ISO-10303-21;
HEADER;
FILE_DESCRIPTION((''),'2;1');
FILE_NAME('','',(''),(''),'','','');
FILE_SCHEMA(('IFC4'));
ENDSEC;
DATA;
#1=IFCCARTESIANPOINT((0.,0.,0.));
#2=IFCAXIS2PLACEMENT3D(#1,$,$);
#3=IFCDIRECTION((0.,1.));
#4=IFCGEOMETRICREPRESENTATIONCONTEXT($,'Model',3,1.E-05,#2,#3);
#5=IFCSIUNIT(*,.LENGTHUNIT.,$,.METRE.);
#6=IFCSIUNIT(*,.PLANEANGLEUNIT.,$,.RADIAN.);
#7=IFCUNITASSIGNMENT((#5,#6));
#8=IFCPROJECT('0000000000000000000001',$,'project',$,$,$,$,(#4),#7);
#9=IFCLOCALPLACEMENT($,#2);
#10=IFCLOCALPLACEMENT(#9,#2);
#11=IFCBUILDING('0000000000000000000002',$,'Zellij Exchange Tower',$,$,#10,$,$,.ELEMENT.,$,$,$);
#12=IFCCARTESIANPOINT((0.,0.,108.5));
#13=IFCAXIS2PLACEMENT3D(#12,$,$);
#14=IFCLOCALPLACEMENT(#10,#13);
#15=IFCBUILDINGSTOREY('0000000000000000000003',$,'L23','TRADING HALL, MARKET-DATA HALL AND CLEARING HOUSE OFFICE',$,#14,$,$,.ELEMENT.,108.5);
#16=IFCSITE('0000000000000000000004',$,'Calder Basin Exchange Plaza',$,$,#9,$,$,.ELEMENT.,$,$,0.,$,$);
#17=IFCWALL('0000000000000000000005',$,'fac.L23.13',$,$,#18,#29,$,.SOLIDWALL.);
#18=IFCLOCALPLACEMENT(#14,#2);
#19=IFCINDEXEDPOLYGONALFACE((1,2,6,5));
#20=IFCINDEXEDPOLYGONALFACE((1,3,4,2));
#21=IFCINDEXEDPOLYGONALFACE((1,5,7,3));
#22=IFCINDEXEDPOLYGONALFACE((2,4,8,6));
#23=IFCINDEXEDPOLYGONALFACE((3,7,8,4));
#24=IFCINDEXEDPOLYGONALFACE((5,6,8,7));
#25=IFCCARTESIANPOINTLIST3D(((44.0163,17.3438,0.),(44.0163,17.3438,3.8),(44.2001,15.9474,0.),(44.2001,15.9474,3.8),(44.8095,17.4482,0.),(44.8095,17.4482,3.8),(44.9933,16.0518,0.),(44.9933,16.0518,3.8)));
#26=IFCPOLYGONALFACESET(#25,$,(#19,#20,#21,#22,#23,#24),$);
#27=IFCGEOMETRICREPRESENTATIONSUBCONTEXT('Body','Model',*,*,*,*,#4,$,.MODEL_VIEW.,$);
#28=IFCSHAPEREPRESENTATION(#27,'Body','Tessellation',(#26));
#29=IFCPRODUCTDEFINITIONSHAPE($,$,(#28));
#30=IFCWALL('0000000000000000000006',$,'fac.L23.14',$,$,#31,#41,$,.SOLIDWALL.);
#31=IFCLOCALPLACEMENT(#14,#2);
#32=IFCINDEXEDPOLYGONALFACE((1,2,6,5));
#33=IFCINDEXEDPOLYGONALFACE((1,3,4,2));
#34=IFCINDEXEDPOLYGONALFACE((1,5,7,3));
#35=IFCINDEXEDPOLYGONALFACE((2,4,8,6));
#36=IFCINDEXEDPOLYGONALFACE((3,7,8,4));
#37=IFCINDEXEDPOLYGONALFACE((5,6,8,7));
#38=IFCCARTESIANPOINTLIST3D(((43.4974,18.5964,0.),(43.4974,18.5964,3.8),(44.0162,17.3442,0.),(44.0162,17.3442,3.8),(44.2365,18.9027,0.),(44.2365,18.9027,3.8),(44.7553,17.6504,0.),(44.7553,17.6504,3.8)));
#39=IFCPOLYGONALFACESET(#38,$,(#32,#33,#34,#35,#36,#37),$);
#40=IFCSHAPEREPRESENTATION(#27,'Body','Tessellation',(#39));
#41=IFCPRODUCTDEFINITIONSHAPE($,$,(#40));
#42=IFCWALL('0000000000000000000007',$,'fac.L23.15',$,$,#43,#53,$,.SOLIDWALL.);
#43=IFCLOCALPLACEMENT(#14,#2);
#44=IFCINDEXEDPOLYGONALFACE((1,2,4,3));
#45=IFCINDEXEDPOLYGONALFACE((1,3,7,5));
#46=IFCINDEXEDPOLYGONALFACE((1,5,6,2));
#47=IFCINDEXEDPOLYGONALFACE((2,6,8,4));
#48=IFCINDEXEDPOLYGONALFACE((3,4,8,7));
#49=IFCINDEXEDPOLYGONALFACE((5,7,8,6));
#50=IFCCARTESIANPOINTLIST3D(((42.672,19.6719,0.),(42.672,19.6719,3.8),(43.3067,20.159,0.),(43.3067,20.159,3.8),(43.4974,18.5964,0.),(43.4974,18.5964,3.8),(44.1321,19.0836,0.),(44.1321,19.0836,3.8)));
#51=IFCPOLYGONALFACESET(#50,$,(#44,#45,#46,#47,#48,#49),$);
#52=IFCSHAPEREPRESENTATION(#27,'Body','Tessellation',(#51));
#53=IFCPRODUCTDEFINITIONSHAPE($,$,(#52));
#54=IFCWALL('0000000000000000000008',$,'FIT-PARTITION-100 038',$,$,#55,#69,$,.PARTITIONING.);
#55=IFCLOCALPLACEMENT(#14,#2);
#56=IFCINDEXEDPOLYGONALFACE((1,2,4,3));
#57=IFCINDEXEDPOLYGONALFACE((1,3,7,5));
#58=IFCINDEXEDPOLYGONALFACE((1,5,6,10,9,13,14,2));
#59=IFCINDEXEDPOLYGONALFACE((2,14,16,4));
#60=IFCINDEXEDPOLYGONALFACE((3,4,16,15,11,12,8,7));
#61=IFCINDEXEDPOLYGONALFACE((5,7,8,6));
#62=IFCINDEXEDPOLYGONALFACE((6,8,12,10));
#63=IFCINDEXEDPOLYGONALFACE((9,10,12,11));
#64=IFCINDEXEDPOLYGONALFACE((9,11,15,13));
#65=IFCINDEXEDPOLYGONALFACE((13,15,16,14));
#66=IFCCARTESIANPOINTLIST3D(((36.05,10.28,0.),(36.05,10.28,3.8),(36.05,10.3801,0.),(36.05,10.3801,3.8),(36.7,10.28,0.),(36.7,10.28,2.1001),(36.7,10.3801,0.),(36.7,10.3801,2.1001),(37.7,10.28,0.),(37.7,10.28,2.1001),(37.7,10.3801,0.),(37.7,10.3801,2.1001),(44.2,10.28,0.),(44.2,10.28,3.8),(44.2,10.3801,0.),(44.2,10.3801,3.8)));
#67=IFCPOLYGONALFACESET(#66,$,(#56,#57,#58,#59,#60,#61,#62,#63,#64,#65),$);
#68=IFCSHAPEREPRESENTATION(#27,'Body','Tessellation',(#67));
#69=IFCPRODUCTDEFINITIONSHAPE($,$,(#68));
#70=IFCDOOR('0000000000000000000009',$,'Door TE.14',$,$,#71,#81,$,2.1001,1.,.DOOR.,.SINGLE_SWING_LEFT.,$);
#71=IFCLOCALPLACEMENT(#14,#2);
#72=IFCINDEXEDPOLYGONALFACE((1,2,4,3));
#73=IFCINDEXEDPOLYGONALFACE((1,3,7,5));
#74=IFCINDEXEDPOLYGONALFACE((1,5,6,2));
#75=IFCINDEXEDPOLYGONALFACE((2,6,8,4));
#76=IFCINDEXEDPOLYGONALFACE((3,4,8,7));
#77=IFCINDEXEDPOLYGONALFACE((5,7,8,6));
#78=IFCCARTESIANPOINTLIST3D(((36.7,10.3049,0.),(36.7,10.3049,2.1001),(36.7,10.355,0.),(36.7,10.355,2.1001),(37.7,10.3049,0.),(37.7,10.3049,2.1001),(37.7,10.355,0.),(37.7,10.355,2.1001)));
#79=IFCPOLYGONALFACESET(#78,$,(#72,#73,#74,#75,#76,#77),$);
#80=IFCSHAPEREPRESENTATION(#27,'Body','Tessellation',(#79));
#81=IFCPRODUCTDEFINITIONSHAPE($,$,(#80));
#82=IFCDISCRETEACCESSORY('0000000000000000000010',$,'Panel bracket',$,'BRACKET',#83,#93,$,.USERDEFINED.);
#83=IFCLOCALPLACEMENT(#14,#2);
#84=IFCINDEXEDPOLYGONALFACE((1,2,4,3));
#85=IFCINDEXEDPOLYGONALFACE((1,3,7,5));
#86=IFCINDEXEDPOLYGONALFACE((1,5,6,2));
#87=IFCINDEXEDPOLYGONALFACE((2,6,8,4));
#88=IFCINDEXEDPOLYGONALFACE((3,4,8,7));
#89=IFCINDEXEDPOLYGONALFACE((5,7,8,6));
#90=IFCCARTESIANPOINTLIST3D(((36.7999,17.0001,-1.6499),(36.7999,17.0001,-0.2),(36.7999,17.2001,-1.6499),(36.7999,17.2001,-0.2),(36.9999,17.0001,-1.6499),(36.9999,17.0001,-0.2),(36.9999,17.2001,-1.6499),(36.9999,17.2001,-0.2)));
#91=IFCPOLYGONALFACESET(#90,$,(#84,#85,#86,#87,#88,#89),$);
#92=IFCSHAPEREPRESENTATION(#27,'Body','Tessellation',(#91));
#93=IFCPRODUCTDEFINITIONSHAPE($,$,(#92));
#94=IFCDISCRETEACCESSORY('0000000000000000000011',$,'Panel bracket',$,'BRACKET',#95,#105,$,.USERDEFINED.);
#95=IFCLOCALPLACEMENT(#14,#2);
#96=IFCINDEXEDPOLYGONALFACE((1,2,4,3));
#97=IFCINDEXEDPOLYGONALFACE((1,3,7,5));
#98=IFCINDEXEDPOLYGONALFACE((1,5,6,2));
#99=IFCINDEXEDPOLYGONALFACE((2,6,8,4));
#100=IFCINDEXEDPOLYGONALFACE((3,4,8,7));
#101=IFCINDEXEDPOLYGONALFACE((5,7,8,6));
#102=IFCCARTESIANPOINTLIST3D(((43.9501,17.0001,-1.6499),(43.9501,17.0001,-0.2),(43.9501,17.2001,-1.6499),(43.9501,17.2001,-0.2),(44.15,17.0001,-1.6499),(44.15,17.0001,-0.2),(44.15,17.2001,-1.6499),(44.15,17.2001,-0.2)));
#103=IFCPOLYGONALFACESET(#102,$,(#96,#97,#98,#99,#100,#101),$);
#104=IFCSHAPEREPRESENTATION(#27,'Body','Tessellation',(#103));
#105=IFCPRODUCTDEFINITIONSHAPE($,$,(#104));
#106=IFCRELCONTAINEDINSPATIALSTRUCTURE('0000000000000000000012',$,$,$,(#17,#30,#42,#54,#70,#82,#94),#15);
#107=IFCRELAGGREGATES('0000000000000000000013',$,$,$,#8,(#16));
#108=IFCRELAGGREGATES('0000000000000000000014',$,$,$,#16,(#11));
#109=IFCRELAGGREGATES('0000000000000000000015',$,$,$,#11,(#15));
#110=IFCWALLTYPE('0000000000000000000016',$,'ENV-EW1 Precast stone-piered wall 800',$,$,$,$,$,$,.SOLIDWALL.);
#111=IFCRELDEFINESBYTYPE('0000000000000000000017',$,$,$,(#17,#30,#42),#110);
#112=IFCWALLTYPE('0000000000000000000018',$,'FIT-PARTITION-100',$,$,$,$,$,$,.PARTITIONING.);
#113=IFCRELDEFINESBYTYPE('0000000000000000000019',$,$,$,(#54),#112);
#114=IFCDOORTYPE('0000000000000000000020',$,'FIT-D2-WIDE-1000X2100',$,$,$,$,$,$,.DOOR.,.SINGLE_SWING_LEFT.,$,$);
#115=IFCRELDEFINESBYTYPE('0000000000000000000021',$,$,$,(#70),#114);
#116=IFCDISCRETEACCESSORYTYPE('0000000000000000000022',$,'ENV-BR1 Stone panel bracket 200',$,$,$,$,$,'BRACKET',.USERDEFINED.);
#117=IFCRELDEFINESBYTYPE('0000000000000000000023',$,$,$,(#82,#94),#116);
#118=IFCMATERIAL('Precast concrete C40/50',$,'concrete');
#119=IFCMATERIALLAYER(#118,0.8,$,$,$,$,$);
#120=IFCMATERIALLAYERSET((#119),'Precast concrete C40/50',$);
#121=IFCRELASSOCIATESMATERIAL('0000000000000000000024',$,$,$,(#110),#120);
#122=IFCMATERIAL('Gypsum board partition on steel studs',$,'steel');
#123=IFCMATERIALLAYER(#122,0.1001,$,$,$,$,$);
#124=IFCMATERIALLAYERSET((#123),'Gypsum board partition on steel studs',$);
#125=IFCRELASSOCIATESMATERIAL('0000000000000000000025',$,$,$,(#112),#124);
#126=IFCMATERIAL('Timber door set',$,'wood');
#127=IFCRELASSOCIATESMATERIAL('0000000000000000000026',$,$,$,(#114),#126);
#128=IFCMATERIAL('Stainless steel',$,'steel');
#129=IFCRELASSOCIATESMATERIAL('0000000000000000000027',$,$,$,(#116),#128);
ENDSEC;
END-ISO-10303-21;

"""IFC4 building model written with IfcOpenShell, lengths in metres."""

from ifc_helpers import new_model, si_unit, direction, frame, frame_2d, origin, origin_2d, place, context, subcontext, project, spatial, rectangle, extrude, material, layer, layer_set, type_object, element, fill, save


model = new_model("IFC4")

# Units and contexts
model_context = context("Model", 3, precision=1e-05, world=origin(), true_north=direction((0.0, 1.0)))
body_context = subcontext(model_context, "Body", "Model", "MODEL_VIEW")
ifc_project = project(units=[si_unit("LENGTHUNIT", "METRE"), si_unit("PLANEANGLEUNIT", "RADIAN")], contexts=[model_context])

# Site, building, storey
site_placement = place(None, origin())
site = spatial("IfcSite", under=ifc_project, at=site_placement, Name="Calder Basin Exchange Plaza", CompositionType="ELEMENT", RefElevation=0.0)
building_placement = place(site_placement, origin())
building = spatial("IfcBuilding", under=site, at=building_placement, Name="Zellij Exchange Tower", CompositionType="ELEMENT")
storey_placement = place(building_placement, frame((0.0, 0.0, 108.5)))
storey = spatial("IfcBuildingStorey", under=building, at=storey_placement, Name="L23", Description="TRADING HALL, MARKET-DATA HALL AND CLEARING HOUSE OFFICE", CompositionType="ELEMENT", Elevation=108.5)

# Walls
ifc_material_1 = material(Name="Precast concrete C40/50", Category="concrete")
ifc_layer_1 = layer(ifc_material_1, 0.8)
ifc_layer_set_1 = layer_set([ifc_layer_1], Name="Precast concrete C40/50")
wall_type_1 = type_object("IfcWallType", Name="ENV-EW1 Precast stone-piered wall 800", PredefinedType="SOLIDWALL", material=ifc_layer_set_1)
wall_1_placement = place(storey_placement, frame((44.5967, 15.9998, 0.0), z_axis=(0.0, 0.0, 1.0), x_axis=(-0.130517, 0.991446, 0.0)))
element("IfcWall", 1, at=wall_1_placement, inside=storey, type_object=wall_type_1, Name="fac.L23.13", PredefinedType="SOLIDWALL", context=body_context, shape_type="SweptSolid", body=[
    extrude(rectangle(XDim=1.4084, YDim=0.8, at=frame_2d((0.7041, 0.0))), origin(), (0.0, 0.0, 1.0), 3.8),
])
wall_2_placement = place(storey_placement, frame((44.3857, 17.4973, 0.0), z_axis=(0.0, 0.0, 1.0), x_axis=(-0.38276, 0.923848, 0.0)))
element("IfcWall", 2, at=wall_2_placement, inside=storey, type_object=wall_type_1, Name="fac.L23.14", PredefinedType="SOLIDWALL", context=body_context, shape_type="SweptSolid", body=[
    extrude(rectangle(XDim=1.3555, YDim=0.8, at=frame_2d((0.6777, 0.0))), origin(), (0.0, 0.0, 1.0), 3.8),
])
wall_3_placement = place(storey_placement, frame((43.8147, 18.8401, 0.0), z_axis=(0.0, 0.0, 1.0), x_axis=(-0.608866, 0.793273, 0.0)))
element("IfcWall", 3, at=wall_3_placement, inside=storey, type_object=wall_type_1, Name="fac.L23.15", PredefinedType="SOLIDWALL", context=body_context, shape_type="SweptSolid", body=[
    extrude(rectangle(XDim=1.3557, YDim=0.8, at=frame_2d((0.6777, 0.0))), origin(), (0.0, 0.0, 1.0), 3.8),
])

# Wall, opening, door
ifc_material_2 = material(Name="Gypsum board partition on steel studs", Category="steel")
ifc_layer_2 = layer(ifc_material_2, 0.1001)
ifc_layer_set_2 = layer_set([ifc_layer_2], Name="Gypsum board partition on steel studs")
wall_type_2 = type_object("IfcWallType", Name="FIT-PARTITION-100", PredefinedType="PARTITIONING", material=ifc_layer_set_2)
wall_4_placement = place(storey_placement, frame((36.05, 10.3301, 0.0), z_axis=(0.0, 0.0, 1.0), x_axis=(1.0, 0.0, 0.0)))
wall_4 = element("IfcWall", 4, at=wall_4_placement, inside=storey, type_object=wall_type_2, Name="FIT-PARTITION-100 038", PredefinedType="PARTITIONING", context=body_context, shape_type="SweptSolid", body=[
    extrude(rectangle(XDim=8.1499, YDim=0.1001, at=frame_2d((4.075, 0.0))), origin(), (0.0, 0.0, 1.0), 3.8),
])
opening_placement = place(wall_4_placement, frame((0.6499, 0.0, 0.0)))
opening = element("IfcOpeningElement", 5, at=opening_placement, cuts=wall_4, PredefinedType="OPENING", context=body_context, shape_type="SweptSolid", body=[
    extrude(rectangle(XDim=1.0, YDim=2.1001, at=frame_2d((0.5, 1.05))), frame((0.0, 0.062, 0.0), z_axis=(0.0, -1.0, 0.0), x_axis=(1.0, 0.0, 0.0)), (0.0, 0.0, 1.0), 0.124),
])
ifc_material_3 = material(Name="Timber door set", Category="wood")
door_type = type_object("IfcDoorType", Name="FIT-D2-WIDE-1000X2100", OperationType="SINGLE_SWING_LEFT", PredefinedType="DOOR", material=ifc_material_3)
door_placement = place(opening_placement, origin())
door = element("IfcDoor", 6, at=door_placement, inside=storey, type_object=door_type, Name="Door TE.14", OperationType="SINGLE_SWING_LEFT", OverallHeight=2.1001, OverallWidth=1.0, PredefinedType="DOOR", context=body_context, shape_type="SweptSolid", body=[
    extrude(rectangle(XDim=1.0, YDim=2.1001, at=frame_2d((0.5, 1.05))), frame((0.0, 0.0249, 0.0), z_axis=(0.0, -1.0, 0.0), x_axis=(1.0, 0.0, 0.0)), (0.0, 0.0, 1.0), 0.05),
])
fill(opening, door)

# Discrete accessories
ifc_material_4 = material(Name="Stainless steel", Category="steel")
discrete_accessory_type = type_object("IfcDiscreteAccessoryType", Name="ENV-BR1 Stone panel bracket 200", ElementType="BRACKET", PredefinedType="USERDEFINED", material=ifc_material_4)
for number, where, z_axis, x_axis, name in (
    (7, (36.8999, 17.1001, -1.6499), (0.0, 0.0, 1.0), (1.0, 0.0, 0.0), "Panel bracket"),
    (8, (44.05, 17.1001, -1.6499), (0.0, 0.0, 1.0), (1.0, 0.0, 0.0), "Panel bracket"),
):
    element("IfcDiscreteAccessory", number, at=place(storey_placement, frame(where, z_axis=z_axis, x_axis=x_axis)), inside=storey, type_object=discrete_accessory_type, Name=name, ObjectType="BRACKET", PredefinedType="USERDEFINED", context=body_context, shape_type="SweptSolid", body=[
        extrude(rectangle(XDim=0.2, YDim=0.2, at=origin_2d()), origin(), (0.0, 0.0, 1.0), 1.45),
    ])

save(model, "model.ifc")
